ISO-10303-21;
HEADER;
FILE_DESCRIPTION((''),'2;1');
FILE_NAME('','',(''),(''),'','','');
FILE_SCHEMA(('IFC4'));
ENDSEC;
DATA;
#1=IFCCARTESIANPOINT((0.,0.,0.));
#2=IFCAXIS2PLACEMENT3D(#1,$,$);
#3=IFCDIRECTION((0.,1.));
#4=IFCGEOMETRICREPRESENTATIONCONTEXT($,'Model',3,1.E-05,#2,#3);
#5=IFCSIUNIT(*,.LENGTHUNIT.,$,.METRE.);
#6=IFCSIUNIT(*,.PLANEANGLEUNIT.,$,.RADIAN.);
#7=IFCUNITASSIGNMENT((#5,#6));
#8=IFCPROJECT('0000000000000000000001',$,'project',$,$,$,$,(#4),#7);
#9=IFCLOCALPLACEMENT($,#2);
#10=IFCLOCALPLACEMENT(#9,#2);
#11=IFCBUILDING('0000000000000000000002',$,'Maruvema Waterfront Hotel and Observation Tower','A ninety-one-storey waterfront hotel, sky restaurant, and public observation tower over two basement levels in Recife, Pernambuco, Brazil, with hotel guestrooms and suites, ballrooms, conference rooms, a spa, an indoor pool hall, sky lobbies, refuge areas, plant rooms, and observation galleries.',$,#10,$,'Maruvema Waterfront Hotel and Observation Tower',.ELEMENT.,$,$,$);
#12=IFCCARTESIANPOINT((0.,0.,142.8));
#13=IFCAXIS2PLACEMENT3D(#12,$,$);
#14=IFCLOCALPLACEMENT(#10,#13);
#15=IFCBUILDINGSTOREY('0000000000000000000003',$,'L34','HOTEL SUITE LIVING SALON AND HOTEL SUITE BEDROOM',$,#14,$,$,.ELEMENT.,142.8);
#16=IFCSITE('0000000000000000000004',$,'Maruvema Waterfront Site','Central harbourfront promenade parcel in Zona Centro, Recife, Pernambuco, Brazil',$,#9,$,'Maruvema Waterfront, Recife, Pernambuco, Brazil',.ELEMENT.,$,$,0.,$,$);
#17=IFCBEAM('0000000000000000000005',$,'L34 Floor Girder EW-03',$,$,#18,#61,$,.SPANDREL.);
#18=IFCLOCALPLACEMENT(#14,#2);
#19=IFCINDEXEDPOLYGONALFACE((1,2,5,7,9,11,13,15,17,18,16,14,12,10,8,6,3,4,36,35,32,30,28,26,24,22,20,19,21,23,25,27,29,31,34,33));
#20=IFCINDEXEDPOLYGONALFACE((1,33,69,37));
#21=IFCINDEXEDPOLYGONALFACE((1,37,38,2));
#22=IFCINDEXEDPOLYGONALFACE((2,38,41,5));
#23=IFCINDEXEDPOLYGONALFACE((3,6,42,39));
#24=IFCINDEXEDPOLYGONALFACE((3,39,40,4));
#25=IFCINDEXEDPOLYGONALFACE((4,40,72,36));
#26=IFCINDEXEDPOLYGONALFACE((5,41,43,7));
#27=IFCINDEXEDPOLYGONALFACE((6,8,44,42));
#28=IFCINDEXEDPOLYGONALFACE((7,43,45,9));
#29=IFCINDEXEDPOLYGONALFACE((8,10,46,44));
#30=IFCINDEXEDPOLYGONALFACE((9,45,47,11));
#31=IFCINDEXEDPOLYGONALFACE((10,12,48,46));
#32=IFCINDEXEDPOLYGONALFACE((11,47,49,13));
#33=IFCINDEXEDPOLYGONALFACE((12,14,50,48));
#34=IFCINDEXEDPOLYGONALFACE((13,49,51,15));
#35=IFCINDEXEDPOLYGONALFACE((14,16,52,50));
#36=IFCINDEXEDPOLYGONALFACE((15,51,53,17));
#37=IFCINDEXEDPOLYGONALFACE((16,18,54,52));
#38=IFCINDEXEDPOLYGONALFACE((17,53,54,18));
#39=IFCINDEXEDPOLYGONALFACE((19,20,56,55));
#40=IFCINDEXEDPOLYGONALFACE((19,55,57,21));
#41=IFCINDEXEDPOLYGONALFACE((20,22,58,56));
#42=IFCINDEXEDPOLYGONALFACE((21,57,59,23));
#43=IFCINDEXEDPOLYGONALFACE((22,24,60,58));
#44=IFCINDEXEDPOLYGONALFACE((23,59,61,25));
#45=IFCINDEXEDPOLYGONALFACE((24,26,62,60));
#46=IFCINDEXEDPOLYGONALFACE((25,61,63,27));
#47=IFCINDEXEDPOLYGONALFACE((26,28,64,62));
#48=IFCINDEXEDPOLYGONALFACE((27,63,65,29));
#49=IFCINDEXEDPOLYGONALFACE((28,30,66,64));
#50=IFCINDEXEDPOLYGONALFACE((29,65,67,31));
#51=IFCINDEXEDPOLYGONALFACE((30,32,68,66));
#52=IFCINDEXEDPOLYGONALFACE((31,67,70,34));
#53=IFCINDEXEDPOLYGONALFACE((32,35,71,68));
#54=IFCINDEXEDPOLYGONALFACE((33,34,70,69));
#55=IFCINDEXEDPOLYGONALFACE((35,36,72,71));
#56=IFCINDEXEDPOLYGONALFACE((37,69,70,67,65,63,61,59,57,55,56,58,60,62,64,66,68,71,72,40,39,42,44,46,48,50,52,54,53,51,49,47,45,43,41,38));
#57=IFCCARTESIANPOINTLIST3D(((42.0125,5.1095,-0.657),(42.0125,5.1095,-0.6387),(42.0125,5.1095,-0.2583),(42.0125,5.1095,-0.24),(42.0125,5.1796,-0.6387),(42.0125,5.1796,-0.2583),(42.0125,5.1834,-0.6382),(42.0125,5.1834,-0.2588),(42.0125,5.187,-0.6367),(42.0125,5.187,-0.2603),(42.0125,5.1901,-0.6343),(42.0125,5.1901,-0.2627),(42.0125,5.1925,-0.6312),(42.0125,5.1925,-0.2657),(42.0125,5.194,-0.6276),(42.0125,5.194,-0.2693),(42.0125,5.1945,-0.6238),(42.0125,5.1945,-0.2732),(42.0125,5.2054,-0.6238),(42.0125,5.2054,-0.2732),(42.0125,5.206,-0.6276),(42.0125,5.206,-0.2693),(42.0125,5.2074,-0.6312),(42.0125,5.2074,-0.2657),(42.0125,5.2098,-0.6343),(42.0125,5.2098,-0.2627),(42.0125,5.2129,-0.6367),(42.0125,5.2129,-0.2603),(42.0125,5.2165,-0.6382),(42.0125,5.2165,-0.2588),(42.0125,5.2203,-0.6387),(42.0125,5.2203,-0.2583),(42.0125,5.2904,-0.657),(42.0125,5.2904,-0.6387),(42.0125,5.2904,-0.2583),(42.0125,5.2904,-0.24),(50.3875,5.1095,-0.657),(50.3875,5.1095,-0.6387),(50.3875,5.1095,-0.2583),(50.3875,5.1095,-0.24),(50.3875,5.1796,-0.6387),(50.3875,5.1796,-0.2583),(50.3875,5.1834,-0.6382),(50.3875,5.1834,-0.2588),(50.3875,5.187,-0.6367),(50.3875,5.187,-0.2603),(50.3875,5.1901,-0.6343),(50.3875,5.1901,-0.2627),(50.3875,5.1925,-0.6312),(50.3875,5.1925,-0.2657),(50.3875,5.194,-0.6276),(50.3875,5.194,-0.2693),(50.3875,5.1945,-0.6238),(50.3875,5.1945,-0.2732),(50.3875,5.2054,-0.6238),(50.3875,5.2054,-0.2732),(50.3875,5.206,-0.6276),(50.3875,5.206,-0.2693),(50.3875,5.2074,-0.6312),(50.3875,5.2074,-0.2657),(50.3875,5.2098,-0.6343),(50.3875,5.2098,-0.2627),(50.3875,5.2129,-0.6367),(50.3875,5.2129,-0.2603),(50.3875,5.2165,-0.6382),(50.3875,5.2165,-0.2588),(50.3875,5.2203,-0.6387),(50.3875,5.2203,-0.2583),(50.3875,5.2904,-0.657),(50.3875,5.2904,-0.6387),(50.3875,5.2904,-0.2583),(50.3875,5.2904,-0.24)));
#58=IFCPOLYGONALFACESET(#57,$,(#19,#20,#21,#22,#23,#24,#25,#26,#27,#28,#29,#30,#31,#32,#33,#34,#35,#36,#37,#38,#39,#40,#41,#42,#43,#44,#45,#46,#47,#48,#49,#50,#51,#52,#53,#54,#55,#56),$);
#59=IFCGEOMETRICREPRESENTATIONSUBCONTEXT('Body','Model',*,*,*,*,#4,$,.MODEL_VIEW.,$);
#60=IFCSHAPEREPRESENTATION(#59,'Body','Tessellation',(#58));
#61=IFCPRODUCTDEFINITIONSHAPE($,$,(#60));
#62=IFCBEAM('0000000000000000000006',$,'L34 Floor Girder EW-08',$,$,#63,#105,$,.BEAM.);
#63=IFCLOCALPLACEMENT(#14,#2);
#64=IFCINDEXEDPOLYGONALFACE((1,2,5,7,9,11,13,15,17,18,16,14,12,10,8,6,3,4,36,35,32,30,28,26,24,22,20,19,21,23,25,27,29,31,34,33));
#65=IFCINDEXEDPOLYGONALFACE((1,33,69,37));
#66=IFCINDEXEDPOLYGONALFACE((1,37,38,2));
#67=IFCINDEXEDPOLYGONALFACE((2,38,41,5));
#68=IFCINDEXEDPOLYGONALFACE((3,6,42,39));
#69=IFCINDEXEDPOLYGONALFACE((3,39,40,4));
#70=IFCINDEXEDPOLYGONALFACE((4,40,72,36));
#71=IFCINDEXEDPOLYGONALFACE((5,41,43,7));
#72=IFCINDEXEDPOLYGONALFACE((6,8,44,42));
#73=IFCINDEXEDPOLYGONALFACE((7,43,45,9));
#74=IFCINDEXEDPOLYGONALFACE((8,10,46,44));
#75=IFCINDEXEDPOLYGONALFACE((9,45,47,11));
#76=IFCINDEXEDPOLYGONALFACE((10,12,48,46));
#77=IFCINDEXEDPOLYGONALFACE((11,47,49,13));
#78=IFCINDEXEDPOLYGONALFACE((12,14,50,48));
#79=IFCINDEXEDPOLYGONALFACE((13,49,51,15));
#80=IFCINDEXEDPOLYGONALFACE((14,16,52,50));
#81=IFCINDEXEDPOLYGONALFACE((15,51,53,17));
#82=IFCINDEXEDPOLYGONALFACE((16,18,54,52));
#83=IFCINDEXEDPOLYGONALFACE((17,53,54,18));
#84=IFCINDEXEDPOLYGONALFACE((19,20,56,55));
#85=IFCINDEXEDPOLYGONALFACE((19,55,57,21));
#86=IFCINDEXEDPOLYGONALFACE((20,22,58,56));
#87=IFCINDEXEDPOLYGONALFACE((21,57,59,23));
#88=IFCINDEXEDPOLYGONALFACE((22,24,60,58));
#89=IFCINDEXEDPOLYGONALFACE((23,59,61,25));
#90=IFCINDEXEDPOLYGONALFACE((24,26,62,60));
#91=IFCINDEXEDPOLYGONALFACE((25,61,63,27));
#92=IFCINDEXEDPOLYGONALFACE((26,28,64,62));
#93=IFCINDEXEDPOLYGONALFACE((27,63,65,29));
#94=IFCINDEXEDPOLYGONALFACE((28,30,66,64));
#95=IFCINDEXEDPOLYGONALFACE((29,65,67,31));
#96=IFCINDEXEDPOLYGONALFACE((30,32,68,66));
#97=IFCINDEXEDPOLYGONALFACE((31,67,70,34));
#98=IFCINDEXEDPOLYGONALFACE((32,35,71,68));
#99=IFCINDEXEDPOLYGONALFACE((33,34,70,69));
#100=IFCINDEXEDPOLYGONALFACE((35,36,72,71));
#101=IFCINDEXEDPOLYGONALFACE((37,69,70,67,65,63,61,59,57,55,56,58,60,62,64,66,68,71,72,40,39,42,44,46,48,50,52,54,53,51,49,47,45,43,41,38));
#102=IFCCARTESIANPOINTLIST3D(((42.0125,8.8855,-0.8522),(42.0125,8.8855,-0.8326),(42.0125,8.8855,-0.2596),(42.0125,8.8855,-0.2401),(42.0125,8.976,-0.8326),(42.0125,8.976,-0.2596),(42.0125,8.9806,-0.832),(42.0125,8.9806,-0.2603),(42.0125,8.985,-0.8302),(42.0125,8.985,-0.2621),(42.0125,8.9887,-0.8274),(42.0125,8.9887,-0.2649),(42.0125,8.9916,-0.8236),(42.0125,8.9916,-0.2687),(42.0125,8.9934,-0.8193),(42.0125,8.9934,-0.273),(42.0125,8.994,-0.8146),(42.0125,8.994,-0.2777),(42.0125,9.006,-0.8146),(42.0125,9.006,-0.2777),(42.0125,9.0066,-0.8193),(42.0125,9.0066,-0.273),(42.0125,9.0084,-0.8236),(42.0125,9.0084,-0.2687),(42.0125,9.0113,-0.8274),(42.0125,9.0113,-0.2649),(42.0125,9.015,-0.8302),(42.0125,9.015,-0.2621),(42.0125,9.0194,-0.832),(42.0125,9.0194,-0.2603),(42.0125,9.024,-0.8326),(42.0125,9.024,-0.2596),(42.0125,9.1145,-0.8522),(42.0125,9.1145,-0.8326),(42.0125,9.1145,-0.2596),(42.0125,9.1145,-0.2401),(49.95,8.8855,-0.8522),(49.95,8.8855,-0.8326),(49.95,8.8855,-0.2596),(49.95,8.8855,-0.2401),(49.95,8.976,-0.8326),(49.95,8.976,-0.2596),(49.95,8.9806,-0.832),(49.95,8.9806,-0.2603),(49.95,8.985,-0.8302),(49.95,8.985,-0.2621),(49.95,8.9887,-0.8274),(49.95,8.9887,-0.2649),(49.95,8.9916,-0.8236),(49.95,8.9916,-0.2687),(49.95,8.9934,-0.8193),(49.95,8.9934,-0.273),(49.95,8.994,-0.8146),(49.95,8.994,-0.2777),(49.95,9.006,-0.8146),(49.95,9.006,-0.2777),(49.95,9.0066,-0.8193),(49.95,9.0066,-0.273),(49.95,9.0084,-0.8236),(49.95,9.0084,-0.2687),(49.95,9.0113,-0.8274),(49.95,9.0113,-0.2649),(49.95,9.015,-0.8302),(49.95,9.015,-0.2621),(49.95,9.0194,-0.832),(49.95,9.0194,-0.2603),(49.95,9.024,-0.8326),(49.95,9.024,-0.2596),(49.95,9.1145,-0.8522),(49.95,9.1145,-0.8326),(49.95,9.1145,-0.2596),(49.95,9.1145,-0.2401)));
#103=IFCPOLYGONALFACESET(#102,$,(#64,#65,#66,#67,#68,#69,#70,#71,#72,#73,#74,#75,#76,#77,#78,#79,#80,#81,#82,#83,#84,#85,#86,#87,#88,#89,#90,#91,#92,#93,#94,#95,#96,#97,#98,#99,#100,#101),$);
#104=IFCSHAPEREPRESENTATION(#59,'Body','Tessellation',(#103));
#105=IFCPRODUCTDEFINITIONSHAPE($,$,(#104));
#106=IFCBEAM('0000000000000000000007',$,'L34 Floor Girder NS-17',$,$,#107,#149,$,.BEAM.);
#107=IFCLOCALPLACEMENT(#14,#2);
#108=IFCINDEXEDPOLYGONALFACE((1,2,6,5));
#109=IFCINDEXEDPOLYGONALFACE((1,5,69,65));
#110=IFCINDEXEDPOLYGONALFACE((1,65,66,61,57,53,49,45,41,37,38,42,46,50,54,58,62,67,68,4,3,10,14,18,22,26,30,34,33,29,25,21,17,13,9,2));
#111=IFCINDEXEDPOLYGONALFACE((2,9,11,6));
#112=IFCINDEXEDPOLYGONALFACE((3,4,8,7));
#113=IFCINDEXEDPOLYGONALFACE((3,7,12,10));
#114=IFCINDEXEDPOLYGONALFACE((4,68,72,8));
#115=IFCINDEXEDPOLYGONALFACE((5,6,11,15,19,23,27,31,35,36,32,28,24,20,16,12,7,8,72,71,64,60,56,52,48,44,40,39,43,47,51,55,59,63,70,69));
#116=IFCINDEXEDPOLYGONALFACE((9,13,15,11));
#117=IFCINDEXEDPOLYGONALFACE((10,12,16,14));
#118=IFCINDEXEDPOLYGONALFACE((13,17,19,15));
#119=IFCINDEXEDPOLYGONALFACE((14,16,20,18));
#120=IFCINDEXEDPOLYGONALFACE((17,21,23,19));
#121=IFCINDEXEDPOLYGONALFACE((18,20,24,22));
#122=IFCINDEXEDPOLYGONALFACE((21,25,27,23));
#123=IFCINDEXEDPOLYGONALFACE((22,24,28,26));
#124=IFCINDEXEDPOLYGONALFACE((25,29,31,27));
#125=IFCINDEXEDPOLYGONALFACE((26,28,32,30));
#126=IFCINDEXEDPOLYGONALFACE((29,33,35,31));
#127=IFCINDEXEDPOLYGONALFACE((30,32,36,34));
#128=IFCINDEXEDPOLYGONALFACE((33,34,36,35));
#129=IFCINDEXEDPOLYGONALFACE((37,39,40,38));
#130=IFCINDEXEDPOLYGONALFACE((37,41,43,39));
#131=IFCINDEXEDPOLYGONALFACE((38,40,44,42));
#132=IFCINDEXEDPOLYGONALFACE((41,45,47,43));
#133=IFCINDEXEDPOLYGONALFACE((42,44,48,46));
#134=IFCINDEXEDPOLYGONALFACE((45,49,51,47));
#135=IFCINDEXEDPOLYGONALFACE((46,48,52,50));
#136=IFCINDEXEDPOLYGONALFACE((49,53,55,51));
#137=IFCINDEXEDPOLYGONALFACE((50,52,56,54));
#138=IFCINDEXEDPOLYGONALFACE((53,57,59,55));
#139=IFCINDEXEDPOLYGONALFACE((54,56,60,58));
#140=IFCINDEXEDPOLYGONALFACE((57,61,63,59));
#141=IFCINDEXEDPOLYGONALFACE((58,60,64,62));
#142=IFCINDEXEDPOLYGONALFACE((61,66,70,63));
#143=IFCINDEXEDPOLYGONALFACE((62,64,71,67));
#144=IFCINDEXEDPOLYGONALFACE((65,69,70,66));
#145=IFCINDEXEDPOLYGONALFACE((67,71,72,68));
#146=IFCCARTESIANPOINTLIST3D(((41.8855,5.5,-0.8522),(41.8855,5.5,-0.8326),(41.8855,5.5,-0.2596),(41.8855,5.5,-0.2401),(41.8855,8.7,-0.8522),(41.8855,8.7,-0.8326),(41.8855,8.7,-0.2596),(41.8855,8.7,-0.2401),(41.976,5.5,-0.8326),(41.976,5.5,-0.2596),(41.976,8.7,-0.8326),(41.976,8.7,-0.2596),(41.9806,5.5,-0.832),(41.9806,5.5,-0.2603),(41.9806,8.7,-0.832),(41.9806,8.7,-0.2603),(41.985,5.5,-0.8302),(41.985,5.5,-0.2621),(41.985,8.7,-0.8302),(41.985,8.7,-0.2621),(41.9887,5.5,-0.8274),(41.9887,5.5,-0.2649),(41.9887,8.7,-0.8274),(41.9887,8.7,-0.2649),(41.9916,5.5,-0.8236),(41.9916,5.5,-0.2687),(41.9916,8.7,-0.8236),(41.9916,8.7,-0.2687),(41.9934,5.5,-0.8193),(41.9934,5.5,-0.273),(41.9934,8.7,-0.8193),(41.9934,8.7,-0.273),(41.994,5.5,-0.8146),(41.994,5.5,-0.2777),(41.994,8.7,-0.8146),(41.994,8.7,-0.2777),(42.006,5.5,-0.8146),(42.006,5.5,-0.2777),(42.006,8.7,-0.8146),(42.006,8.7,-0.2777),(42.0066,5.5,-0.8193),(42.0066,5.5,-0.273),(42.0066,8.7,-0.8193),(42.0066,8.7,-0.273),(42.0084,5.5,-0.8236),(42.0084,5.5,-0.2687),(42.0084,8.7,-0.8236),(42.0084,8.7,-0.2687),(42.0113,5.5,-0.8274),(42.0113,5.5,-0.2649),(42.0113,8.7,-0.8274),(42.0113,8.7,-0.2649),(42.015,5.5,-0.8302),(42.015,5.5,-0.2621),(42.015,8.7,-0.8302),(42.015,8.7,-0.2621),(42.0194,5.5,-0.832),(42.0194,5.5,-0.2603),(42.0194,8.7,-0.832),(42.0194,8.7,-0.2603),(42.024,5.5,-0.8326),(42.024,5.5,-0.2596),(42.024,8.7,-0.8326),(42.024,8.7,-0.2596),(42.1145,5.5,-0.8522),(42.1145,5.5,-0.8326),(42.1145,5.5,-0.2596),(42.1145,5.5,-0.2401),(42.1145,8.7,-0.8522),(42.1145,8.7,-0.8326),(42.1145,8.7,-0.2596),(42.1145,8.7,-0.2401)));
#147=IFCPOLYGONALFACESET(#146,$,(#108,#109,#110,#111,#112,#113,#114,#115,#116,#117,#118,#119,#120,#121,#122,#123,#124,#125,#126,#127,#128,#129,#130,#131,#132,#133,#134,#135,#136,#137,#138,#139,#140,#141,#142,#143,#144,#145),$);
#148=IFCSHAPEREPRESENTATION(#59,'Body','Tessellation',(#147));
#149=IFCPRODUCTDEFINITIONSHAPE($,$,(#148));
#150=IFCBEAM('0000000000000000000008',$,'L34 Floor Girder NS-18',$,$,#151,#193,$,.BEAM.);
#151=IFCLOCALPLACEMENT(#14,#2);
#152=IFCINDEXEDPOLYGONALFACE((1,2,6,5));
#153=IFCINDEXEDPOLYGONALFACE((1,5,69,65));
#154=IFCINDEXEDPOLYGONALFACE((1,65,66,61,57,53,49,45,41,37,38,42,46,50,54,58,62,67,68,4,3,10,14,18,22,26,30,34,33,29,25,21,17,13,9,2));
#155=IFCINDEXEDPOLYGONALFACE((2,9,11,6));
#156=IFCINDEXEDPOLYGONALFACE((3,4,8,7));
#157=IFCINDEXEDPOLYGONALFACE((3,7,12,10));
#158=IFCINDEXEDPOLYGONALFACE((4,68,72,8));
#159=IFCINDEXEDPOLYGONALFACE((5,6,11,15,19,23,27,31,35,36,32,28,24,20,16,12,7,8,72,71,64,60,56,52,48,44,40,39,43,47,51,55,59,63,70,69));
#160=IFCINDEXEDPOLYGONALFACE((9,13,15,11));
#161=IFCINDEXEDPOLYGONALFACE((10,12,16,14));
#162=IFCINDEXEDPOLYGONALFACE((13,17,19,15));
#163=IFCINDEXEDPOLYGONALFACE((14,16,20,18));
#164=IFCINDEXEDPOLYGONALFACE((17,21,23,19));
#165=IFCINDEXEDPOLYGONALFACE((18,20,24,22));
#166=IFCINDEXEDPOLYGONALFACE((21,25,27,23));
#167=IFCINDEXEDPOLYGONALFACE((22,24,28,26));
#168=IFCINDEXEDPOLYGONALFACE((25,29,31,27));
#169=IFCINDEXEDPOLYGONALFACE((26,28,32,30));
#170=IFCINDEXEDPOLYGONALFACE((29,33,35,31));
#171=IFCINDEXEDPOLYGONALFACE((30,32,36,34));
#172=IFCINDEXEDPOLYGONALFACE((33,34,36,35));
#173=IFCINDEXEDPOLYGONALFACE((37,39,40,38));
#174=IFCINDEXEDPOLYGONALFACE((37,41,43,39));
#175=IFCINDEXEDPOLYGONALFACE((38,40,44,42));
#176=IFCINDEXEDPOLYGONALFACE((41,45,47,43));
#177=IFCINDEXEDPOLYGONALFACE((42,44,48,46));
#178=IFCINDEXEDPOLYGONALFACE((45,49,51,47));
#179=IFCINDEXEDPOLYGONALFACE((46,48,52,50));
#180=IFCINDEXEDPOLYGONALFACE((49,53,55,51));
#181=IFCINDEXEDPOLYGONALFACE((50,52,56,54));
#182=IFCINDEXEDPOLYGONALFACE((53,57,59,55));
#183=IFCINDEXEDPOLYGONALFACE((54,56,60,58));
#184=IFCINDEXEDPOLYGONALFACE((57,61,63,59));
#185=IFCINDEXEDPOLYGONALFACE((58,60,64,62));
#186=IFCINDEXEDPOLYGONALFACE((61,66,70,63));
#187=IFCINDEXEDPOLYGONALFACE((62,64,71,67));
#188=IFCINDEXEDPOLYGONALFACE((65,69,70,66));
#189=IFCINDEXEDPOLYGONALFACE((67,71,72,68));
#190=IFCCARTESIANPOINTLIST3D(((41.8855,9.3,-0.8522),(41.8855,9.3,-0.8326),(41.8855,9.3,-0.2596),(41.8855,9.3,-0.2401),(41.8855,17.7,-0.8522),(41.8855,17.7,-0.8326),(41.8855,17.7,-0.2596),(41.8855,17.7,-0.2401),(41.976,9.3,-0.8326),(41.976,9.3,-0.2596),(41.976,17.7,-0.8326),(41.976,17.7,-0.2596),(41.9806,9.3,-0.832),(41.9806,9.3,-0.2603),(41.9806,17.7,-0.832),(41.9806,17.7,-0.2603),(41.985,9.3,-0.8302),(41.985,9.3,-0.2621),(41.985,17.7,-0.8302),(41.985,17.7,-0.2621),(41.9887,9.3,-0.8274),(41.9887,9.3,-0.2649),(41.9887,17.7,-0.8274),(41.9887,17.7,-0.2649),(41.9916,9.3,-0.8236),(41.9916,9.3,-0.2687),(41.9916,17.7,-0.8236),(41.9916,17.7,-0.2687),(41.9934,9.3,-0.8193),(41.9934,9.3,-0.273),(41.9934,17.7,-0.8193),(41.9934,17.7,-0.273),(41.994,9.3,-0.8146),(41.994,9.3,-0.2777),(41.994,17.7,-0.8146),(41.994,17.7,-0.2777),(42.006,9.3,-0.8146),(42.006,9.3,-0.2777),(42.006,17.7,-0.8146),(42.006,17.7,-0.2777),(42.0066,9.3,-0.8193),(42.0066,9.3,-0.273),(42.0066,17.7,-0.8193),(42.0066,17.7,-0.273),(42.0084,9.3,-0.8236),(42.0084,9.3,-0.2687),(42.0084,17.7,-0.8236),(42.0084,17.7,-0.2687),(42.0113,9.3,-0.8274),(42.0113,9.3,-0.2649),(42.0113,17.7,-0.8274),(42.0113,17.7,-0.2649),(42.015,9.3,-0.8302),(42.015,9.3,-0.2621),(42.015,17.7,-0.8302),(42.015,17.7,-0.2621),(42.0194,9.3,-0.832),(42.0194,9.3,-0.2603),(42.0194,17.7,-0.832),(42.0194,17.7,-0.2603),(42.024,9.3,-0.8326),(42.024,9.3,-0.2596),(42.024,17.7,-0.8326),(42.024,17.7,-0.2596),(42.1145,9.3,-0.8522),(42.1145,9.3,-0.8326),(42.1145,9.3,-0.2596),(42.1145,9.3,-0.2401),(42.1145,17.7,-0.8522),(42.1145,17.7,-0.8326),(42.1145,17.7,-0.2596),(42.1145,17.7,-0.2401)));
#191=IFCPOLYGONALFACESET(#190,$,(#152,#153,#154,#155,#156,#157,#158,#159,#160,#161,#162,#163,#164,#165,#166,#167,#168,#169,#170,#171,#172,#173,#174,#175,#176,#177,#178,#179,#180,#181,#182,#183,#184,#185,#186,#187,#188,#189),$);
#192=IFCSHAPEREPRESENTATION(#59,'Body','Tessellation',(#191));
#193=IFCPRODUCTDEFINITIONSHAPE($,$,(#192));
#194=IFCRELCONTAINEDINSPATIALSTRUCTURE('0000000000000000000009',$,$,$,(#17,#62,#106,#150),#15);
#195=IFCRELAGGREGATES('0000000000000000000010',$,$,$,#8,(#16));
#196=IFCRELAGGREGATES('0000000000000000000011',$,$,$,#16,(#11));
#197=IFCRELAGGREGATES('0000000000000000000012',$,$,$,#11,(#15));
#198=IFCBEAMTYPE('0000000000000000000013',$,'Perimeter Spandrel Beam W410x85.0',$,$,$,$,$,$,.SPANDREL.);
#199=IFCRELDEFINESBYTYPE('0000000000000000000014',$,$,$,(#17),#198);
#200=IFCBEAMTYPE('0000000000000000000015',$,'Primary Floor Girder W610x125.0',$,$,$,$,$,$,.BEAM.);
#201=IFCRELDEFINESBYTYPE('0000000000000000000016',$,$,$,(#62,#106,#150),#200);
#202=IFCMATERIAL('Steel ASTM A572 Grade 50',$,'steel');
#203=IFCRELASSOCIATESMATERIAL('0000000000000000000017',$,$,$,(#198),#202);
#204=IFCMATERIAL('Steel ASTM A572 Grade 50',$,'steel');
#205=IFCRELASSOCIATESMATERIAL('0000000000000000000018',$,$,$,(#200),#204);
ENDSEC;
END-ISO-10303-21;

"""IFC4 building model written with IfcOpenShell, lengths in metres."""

from ifc_helpers import new_model, si_unit, direction, frame, origin, origin_2d, place, context, subcontext, project, spatial, i_section, extrude, material, material_profile, profile_set, type_object, element, save


model = new_model("IFC4")

# Units and contexts
model_context = context("Model", 3, precision=1e-05, world=origin(), true_north=direction((0.0, 1.0)))
body_context = subcontext(model_context, "Body", "Model", "MODEL_VIEW")
ifc_project = project(units=[si_unit("LENGTHUNIT", "METRE"), si_unit("PLANEANGLEUNIT", "RADIAN")], contexts=[model_context])

# Site, building, storey
site_placement = place(None, origin())
site = spatial("IfcSite", under=ifc_project, at=site_placement, Name="Maruvema Waterfront Site", Description="Central harbourfront promenade parcel in Zona Centro, Recife, Pernambuco, Brazil", LongName="Maruvema Waterfront, Recife, Pernambuco, Brazil", CompositionType="ELEMENT", RefElevation=0.0)
building_placement = place(site_placement, origin())
building = spatial("IfcBuilding", under=site, at=building_placement, Name="Maruvema Waterfront Hotel and Observation Tower", Description="A ninety-one-storey waterfront hotel, sky restaurant, and public observation tower over two basement levels in Recife, Pernambuco, Brazil, with hotel guestrooms and suites, ballrooms, conference rooms, a spa, an indoor pool hall, sky lobbies, refuge areas, plant rooms, and observation galleries.", LongName="Maruvema Waterfront Hotel and Observation Tower", CompositionType="ELEMENT")
storey_placement = place(building_placement, frame((0.0, 0.0, 142.8)))
storey = spatial("IfcBuildingStorey", under=building, at=storey_placement, Name="L34", Description="HOTEL SUITE LIVING SALON AND HOTEL SUITE BEDROOM", CompositionType="ELEMENT", Elevation=142.8)

# Beams
ifc_material_1 = material(Name="Steel ASTM A572 Grade 50", Category="steel")
ifc_material_profile_1 = material_profile(ifc_material_1, i_section(OverallWidth=0.1809, OverallDepth=0.417, WebThickness=0.011, FlangeThickness=0.0183, FilletRadius=0.0149, at=origin_2d()), Name="W410x85.0")
ifc_profile_set_1 = profile_set([ifc_material_profile_1], Name="Steel ASTM A572 Grade 50")
beam_type_1 = type_object("IfcBeamType", Name="Perimeter Spandrel Beam W410x85.0", PredefinedType="SPANDREL", material=ifc_profile_set_1)
beam_1_placement = place(storey_placement, frame((42.0125, 5.2, -0.4485), z_axis=(1.0, 0.0, 0.0), x_axis=(0.0, 1.0, 0.0)))
element("IfcBeam", 1, at=beam_1_placement, inside=storey, type_object=beam_type_1, Name="L34 Floor Girder EW-03", PredefinedType="SPANDREL", context=body_context, shape_type="SweptSolid", body=[
    extrude(i_section(OverallWidth=0.1809, OverallDepth=0.417, WebThickness=0.011, FlangeThickness=0.0183, FilletRadius=0.0149, at=origin_2d()), origin(), (0.0, 0.0, 1.0), 8.375),
])
ifc_material_2 = material(Name="Steel ASTM A572 Grade 50", Category="steel")
ifc_material_profile_2 = material_profile(ifc_material_2, i_section(OverallWidth=0.229, OverallDepth=0.6121, WebThickness=0.012, FlangeThickness=0.0195, FilletRadius=0.0181, at=origin_2d()), Name="W610x125.0")
ifc_profile_set_2 = profile_set([ifc_material_profile_2], Name="Steel ASTM A572 Grade 50")
beam_type_2 = type_object("IfcBeamType", Name="Primary Floor Girder W610x125.0", PredefinedType="BEAM", material=ifc_profile_set_2)
beam_2_placement = place(storey_placement, frame((42.0125, 9.0, -0.5461), z_axis=(1.0, 0.0, 0.0), x_axis=(0.0, 1.0, 0.0)))
element("IfcBeam", 2, at=beam_2_placement, inside=storey, type_object=beam_type_2, Name="L34 Floor Girder EW-08", PredefinedType="BEAM", context=body_context, shape_type="SweptSolid", body=[
    extrude(i_section(OverallWidth=0.229, OverallDepth=0.6121, WebThickness=0.012, FlangeThickness=0.0195, FilletRadius=0.0181, at=origin_2d()), origin(), (0.0, 0.0, 1.0), 7.9375),
])
beam_3_placement = place(storey_placement, frame((42.0, 5.5, -0.5461), z_axis=(0.0, 1.0, 0.0), x_axis=(-1.0, 0.0, 0.0)))
element("IfcBeam", 3, at=beam_3_placement, inside=storey, type_object=beam_type_2, Name="L34 Floor Girder NS-17", PredefinedType="BEAM", context=body_context, shape_type="SweptSolid", body=[
    extrude(i_section(OverallWidth=0.229, OverallDepth=0.6121, WebThickness=0.012, FlangeThickness=0.0195, FilletRadius=0.0181, at=origin_2d()), origin(), (0.0, 0.0, 1.0), 3.2),
])
beam_4_placement = place(storey_placement, frame((42.0, 9.3, -0.5461), z_axis=(0.0, 1.0, 0.0), x_axis=(-1.0, 0.0, 0.0)))
element("IfcBeam", 4, at=beam_4_placement, inside=storey, type_object=beam_type_2, Name="L34 Floor Girder NS-18", PredefinedType="BEAM", context=body_context, shape_type="SweptSolid", body=[
    extrude(i_section(OverallWidth=0.229, OverallDepth=0.6121, WebThickness=0.012, FlangeThickness=0.0195, FilletRadius=0.0181, at=origin_2d()), origin(), (0.0, 0.0, 1.0), 8.3999),
])

save(model, "model.ifc")
